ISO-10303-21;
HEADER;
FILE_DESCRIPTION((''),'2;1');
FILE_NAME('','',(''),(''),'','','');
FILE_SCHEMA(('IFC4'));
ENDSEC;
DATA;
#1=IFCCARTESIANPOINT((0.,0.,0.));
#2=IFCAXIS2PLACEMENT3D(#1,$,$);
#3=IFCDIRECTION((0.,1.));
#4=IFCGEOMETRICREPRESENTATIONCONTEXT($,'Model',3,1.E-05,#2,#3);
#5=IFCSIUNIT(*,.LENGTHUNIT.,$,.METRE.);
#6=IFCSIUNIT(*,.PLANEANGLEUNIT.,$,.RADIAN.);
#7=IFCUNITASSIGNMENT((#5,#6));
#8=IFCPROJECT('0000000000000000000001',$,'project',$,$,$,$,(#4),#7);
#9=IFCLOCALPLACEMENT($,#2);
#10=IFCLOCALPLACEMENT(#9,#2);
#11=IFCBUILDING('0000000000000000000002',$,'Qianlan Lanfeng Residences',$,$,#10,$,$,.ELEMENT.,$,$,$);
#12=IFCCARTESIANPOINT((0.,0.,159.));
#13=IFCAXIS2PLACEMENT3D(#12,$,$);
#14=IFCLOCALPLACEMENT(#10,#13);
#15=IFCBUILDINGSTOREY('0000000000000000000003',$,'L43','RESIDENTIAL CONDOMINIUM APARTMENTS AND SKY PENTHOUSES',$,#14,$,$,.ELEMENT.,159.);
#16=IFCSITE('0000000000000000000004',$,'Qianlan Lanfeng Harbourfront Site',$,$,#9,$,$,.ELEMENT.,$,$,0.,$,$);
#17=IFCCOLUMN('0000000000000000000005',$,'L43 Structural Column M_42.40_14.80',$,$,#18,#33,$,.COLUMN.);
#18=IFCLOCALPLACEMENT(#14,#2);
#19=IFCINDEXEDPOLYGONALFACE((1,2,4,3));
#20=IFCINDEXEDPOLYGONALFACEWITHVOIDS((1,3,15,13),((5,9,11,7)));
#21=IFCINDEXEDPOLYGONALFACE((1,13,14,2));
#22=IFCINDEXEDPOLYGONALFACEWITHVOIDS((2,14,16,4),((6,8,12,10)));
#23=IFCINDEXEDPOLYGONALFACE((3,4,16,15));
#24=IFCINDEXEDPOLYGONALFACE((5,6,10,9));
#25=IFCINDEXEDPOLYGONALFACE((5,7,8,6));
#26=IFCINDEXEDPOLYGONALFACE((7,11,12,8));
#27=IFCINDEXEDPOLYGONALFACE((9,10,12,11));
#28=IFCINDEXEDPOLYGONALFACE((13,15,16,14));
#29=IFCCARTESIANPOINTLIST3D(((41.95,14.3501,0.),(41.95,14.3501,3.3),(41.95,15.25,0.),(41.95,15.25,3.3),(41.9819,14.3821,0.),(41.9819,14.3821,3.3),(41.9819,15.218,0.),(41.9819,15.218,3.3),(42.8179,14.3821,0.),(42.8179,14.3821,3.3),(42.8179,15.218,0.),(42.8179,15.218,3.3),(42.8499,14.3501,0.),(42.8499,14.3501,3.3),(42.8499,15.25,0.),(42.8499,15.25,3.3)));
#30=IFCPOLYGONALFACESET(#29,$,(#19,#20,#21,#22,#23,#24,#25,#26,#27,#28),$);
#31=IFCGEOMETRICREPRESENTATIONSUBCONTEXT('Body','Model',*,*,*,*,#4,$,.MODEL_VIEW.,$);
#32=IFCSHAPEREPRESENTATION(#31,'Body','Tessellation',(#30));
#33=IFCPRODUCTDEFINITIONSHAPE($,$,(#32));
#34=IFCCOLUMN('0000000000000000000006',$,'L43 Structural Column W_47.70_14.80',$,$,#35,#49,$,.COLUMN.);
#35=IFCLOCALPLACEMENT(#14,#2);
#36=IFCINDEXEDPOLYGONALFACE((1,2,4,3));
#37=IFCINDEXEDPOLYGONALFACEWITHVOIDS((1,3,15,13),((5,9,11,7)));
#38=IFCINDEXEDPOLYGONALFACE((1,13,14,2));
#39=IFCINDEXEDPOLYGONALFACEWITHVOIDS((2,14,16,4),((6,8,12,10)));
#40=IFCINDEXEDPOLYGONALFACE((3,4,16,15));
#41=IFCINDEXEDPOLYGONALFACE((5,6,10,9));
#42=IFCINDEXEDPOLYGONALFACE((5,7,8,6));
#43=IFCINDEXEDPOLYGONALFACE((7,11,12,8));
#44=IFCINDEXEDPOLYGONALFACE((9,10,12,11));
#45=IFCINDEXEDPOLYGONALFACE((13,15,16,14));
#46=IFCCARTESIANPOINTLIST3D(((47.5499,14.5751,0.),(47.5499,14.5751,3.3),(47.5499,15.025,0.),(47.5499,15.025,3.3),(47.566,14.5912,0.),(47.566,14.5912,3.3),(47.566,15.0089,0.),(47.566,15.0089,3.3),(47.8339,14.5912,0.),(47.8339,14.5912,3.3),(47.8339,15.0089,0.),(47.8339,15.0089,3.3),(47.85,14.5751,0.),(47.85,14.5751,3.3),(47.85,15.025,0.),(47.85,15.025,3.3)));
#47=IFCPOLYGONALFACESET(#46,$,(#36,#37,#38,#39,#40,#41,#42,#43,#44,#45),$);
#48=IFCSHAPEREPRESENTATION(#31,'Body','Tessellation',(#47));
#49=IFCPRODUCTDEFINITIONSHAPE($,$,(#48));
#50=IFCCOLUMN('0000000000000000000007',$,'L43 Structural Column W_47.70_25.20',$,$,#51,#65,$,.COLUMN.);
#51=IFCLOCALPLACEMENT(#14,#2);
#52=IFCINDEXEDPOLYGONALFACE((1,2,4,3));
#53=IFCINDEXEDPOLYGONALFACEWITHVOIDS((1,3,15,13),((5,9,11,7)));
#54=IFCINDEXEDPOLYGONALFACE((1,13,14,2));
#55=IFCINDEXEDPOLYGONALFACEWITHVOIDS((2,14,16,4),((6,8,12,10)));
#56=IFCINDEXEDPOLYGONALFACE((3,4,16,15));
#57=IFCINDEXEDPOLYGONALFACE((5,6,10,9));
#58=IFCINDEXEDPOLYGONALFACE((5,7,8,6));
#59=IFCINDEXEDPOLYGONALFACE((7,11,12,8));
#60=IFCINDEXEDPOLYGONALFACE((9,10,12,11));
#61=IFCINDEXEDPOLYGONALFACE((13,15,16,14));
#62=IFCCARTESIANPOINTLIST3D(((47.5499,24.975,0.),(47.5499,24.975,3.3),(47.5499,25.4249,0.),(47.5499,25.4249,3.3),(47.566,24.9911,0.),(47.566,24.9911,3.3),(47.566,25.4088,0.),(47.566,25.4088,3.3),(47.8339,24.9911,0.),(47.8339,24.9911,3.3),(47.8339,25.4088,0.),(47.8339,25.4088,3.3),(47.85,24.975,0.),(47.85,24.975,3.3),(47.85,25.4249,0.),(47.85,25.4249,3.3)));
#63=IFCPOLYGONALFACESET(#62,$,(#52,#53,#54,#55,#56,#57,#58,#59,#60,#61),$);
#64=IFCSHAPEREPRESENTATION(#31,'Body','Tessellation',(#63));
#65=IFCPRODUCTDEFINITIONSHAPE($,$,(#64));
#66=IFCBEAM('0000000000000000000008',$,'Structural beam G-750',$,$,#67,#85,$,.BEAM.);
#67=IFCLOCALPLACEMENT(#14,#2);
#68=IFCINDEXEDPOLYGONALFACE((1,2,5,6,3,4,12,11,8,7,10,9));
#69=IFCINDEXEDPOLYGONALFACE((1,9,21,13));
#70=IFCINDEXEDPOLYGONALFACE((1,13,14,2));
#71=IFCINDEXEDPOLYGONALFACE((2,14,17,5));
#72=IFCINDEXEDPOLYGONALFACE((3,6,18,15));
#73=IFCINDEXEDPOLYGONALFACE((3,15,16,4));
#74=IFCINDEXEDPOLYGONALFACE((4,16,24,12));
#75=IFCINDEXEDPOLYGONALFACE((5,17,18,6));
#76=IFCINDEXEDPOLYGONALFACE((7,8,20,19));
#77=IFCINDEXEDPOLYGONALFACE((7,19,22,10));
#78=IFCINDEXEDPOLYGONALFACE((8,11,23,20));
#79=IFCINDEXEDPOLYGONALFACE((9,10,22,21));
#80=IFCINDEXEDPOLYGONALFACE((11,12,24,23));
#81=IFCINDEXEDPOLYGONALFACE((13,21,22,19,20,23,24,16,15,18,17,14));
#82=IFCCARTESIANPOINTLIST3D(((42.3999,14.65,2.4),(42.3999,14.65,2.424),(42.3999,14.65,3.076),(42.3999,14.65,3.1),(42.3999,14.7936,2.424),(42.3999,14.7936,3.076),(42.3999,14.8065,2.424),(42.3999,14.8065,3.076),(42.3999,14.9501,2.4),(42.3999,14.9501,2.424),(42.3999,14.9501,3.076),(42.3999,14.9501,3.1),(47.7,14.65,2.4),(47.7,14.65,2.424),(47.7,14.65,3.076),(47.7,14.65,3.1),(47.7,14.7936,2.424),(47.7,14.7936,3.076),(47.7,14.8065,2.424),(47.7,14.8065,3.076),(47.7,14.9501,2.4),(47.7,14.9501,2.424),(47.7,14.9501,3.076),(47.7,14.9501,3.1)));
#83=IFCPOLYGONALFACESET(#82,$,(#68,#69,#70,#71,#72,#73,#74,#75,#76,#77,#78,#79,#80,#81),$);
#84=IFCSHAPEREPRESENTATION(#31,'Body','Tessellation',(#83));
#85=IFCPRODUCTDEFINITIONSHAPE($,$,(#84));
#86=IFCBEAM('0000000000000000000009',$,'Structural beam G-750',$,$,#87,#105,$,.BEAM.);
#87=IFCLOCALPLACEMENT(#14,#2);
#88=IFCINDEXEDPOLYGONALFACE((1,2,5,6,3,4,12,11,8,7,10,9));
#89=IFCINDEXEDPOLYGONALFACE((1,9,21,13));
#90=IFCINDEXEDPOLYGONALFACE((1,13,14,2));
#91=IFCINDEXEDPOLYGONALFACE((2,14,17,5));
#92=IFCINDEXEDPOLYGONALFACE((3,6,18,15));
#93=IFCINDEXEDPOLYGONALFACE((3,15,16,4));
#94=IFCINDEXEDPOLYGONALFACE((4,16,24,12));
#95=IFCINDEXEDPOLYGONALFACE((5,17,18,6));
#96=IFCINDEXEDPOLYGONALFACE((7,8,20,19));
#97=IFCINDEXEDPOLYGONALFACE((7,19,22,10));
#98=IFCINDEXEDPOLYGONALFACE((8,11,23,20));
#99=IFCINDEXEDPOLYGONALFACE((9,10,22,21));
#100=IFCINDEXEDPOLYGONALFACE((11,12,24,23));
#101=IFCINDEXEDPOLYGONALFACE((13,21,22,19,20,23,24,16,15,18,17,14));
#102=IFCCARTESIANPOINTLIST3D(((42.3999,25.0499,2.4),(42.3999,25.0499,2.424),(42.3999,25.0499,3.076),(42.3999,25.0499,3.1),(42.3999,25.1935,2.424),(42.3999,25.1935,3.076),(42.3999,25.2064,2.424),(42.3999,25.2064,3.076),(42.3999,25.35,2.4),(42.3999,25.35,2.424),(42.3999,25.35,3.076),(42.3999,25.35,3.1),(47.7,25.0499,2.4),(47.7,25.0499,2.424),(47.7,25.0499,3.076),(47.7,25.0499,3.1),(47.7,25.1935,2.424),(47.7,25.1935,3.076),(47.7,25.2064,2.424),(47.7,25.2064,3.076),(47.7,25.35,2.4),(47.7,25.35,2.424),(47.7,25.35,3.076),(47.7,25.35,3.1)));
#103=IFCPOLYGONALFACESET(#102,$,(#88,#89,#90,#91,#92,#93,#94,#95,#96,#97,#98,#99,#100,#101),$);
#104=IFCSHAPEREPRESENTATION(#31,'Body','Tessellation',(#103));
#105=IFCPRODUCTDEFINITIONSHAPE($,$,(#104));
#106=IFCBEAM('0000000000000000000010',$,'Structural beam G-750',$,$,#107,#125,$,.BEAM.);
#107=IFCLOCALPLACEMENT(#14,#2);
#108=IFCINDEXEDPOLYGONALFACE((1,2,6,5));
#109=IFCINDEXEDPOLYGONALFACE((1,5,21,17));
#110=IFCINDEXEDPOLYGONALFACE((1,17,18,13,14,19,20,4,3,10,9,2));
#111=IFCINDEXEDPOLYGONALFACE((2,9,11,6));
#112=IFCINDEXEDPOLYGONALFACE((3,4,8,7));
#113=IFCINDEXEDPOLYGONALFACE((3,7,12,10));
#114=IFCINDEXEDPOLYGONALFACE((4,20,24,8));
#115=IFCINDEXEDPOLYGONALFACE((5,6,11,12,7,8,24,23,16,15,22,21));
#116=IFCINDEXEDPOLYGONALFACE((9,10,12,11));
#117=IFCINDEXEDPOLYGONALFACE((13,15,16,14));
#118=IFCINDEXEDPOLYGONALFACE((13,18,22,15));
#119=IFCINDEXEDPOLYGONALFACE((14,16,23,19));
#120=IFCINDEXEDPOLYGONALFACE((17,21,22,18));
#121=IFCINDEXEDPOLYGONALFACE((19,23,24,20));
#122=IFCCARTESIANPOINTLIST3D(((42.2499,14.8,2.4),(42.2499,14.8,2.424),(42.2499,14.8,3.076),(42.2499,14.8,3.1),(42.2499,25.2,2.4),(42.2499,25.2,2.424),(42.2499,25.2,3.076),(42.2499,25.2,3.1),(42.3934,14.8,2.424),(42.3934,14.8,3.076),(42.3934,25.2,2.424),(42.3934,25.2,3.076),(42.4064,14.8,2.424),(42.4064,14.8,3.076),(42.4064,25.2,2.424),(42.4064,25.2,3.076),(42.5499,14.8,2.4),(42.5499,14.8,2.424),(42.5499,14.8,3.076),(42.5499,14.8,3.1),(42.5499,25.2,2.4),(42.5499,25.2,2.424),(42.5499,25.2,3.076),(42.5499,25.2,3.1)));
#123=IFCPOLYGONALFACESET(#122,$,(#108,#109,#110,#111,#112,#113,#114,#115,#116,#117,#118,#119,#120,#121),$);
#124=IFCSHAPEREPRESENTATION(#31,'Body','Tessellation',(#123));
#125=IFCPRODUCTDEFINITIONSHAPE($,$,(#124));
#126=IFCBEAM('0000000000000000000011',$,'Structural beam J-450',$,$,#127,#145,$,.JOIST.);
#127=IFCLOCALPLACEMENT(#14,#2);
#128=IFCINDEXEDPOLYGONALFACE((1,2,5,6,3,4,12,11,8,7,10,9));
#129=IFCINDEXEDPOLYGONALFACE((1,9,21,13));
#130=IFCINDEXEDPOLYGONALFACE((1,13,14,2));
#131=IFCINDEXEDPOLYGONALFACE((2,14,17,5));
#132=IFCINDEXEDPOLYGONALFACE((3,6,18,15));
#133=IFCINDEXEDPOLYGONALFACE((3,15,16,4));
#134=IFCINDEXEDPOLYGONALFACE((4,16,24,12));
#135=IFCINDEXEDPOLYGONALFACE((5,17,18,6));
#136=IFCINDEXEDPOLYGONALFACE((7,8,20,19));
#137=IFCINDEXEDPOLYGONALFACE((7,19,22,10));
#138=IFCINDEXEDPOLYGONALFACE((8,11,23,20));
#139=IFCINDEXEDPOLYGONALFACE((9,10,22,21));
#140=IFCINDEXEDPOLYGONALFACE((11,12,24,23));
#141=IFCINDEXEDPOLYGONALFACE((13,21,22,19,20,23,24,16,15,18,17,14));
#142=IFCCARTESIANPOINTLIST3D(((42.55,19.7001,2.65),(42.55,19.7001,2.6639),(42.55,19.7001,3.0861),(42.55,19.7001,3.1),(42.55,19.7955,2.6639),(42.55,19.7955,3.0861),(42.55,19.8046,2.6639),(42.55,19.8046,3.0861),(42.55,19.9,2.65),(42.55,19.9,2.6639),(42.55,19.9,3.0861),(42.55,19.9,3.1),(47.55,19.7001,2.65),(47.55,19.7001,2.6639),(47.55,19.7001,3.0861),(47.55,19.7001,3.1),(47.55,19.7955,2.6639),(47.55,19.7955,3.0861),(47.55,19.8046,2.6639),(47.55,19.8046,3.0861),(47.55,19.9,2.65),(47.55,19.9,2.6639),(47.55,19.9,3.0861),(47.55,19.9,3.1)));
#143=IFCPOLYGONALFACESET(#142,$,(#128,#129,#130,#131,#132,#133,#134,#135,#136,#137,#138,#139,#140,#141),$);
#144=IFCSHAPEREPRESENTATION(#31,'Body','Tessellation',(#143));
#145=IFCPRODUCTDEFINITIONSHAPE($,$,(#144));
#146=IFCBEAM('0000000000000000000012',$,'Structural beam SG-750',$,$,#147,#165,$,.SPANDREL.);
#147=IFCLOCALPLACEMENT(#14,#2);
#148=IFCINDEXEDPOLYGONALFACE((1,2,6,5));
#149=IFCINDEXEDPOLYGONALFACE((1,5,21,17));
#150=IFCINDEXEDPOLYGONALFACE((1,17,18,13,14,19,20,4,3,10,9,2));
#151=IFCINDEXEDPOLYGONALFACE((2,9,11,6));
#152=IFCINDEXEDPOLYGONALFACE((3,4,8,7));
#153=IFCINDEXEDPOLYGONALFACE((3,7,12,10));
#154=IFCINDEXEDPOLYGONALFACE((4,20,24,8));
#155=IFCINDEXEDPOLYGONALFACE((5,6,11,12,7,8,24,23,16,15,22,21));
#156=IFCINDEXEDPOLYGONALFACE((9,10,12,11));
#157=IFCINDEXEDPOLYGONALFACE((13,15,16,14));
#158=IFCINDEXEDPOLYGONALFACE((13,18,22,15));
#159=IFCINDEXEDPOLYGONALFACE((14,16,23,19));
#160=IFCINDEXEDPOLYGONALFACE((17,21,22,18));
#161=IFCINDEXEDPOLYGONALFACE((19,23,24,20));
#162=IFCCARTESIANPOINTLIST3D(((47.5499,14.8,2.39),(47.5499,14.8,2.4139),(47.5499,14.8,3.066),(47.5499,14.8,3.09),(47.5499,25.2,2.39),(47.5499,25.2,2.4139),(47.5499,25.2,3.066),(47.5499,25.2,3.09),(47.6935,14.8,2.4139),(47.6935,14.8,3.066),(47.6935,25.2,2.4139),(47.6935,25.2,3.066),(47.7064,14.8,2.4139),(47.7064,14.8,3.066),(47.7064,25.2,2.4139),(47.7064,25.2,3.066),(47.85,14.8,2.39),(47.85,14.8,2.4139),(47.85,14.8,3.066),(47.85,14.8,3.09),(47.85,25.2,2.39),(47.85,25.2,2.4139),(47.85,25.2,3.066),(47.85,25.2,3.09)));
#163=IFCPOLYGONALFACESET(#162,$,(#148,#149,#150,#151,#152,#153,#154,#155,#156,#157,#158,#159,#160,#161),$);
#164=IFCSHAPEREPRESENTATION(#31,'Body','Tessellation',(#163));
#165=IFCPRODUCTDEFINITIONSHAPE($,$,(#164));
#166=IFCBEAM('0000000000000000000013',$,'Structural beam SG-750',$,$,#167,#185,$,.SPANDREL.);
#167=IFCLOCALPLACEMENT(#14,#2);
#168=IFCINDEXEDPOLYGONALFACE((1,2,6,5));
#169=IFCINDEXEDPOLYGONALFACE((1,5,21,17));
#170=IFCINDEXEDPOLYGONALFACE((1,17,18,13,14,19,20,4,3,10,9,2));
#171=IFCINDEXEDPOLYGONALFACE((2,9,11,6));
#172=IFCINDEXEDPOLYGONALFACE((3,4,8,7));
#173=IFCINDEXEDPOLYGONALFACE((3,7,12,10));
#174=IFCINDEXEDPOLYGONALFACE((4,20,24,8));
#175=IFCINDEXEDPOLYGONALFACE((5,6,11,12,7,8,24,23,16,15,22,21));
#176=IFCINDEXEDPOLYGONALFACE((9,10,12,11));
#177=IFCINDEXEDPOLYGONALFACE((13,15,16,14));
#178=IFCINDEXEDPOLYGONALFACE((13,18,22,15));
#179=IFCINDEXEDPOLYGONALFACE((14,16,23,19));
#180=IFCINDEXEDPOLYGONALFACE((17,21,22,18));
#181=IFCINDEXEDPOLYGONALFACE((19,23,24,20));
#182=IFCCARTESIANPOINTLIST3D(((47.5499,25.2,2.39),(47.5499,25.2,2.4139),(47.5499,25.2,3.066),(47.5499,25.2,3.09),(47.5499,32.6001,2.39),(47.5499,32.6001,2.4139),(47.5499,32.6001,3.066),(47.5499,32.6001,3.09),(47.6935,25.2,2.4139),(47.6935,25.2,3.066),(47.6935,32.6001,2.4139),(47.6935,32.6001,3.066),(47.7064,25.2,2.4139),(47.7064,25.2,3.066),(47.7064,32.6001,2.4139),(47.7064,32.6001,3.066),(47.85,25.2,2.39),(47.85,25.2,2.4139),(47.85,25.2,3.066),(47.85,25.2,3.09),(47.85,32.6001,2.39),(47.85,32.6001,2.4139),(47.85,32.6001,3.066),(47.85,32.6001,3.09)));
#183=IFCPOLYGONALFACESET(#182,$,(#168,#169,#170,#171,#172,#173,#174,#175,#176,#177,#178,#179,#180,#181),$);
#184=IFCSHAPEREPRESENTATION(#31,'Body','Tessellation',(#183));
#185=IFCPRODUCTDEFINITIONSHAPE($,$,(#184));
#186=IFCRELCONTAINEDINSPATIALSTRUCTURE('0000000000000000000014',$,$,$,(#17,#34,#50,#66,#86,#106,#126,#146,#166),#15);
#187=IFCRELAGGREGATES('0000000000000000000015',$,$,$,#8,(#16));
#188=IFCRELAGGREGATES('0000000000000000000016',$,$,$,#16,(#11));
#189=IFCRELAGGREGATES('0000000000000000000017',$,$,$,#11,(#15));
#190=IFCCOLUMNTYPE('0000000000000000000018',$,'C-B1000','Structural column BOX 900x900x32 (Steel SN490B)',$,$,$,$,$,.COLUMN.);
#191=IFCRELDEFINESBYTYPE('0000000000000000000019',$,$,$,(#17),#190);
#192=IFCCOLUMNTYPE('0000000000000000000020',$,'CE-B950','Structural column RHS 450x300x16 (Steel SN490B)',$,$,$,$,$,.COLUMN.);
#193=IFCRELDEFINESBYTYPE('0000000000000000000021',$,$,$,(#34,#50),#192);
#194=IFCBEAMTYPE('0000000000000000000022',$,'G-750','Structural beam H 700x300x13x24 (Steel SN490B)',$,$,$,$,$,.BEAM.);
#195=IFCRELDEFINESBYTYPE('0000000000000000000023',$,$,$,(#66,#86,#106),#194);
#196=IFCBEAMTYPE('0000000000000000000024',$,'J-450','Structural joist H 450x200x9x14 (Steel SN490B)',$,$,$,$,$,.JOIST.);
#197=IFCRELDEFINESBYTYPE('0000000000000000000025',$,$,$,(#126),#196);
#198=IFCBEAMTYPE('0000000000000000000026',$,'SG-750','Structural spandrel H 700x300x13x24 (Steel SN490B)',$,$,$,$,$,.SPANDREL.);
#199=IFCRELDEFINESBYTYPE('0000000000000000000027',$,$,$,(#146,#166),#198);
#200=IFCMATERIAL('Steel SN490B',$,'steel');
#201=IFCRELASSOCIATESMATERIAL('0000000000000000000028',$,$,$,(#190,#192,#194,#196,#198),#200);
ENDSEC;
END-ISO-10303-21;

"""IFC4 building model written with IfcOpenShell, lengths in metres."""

from ifc_helpers import new_model, si_unit, direction, frame, origin, origin_2d, place, context, subcontext, project, spatial, hollow_rectangle, i_section, extrude, material, material_profile, profile_set, type_object, element, save


model = new_model("IFC4")

# Units and contexts
model_context = context("Model", 3, precision=1e-05, world=origin(), true_north=direction((0.0, 1.0)))
body_context = subcontext(model_context, "Body", "Model", "MODEL_VIEW")
ifc_project = project(units=[si_unit("LENGTHUNIT", "METRE"), si_unit("PLANEANGLEUNIT", "RADIAN")], contexts=[model_context])

# Site, building, storey
site_placement = place(None, origin())
site = spatial("IfcSite", under=ifc_project, at=site_placement, Name="Qianlan Lanfeng Harbourfront Site", CompositionType="ELEMENT", RefElevation=0.0)
building_placement = place(site_placement, origin())
building = spatial("IfcBuilding", under=site, at=building_placement, Name="Qianlan Lanfeng Residences", CompositionType="ELEMENT")
storey_placement = place(building_placement, frame((0.0, 0.0, 159.0)))
storey = spatial("IfcBuildingStorey", under=building, at=storey_placement, Name="L43", Description="RESIDENTIAL CONDOMINIUM APARTMENTS AND SKY PENTHOUSES", CompositionType="ELEMENT", Elevation=159.0)

# Columns
ifc_material_1 = material(Name="Steel SN490B", Category="steel")
ifc_material_profile_1 = material_profile(ifc_material_1, hollow_rectangle(XDim=0.8999, YDim=0.8999, WallThickness=0.032, at=origin_2d()), Name="BOX 900x900x32")
ifc_profile_set_1 = profile_set([ifc_material_profile_1], Name="Steel SN490B")
column_type_1 = type_object("IfcColumnType", Name="C-B1000", Description="Structural column BOX 900x900x32 (Steel SN490B)", PredefinedType="COLUMN", material=ifc_profile_set_1)
column_placement = place(storey_placement, frame((42.3999, 14.8, 0.0), z_axis=(0.0, 0.0, 1.0), x_axis=(1.0, 0.0, 0.0)))
element("IfcColumn", 1, at=column_placement, inside=storey, type_object=column_type_1, Name="L43 Structural Column M_42.40_14.80", PredefinedType="COLUMN", context=body_context, shape_type="SweptSolid", body=[
    extrude(hollow_rectangle(XDim=0.8999, YDim=0.8999, WallThickness=0.032, at=origin_2d()), origin(), (0.0, 0.0, 1.0), 3.3),
])
ifc_material_profile_2 = material_profile(ifc_material_1, hollow_rectangle(XDim=0.3, YDim=0.45, WallThickness=0.0161, at=origin_2d()), Name="RHS 450x300x16")
ifc_profile_set_2 = profile_set([ifc_material_profile_2], Name="Steel SN490B")
column_type_2 = type_object("IfcColumnType", Name="CE-B950", Description="Structural column RHS 450x300x16 (Steel SN490B)", PredefinedType="COLUMN", material=ifc_profile_set_2)
for number, where, z_axis, x_axis, name in (
    (2, (47.7, 14.8, 0.0), (0.0, 0.0, 1.0), (1.0, 0.0, 0.0), "L43 Structural Column W_47.70_14.80"),
    (3, (47.7, 25.2, 0.0), (0.0, 0.0, 1.0), (1.0, 0.0, 0.0), "L43 Structural Column W_47.70_25.20"),
):
    element("IfcColumn", number, at=place(storey_placement, frame(where, z_axis=z_axis, x_axis=x_axis)), inside=storey, type_object=column_type_2, Name=name, PredefinedType="COLUMN", context=body_context, shape_type="SweptSolid", body=[
        extrude(hollow_rectangle(XDim=0.3, YDim=0.45, WallThickness=0.0161, at=origin_2d()), origin(), (0.0, 0.0, 1.0), 3.3),
    ])

# Beams
ifc_material_profile_3 = material_profile(ifc_material_1, i_section(OverallWidth=0.3, OverallDepth=0.7, WebThickness=0.0129, FlangeThickness=0.0239, at=origin_2d()), Name="H 700x300x13x24")
ifc_profile_set_3 = profile_set([ifc_material_profile_3], Name="Steel SN490B")
beam_type_1 = type_object("IfcBeamType", Name="G-750", Description="Structural beam H 700x300x13x24 (Steel SN490B)", PredefinedType="BEAM", material=ifc_profile_set_3)
for number, where, z_axis, x_axis, name in (
    (4, (42.3999, 14.8, 2.75), (1.0, 0.0, 0.0), (0.0, 1.0, 0.0), "Structural beam G-750"),
    (5, (42.3999, 25.2, 2.75), (1.0, 0.0, 0.0), (0.0, 1.0, 0.0), "Structural beam G-750"),
):
    element("IfcBeam", number, at=place(storey_placement, frame(where, z_axis=z_axis, x_axis=x_axis)), inside=storey, type_object=beam_type_1, Name=name, PredefinedType="BEAM", context=body_context, shape_type="SweptSolid", body=[
        extrude(i_section(OverallWidth=0.3, OverallDepth=0.7, WebThickness=0.0129, FlangeThickness=0.0239, at=origin_2d()), origin(), (0.0, 0.0, 1.0), 5.3),
    ])
beam_1_placement = place(storey_placement, frame((42.3999, 14.8, 2.75), z_axis=(0.0, 1.0, 0.0), x_axis=(-1.0, 0.0, 0.0)))
element("IfcBeam", 6, at=beam_1_placement, inside=storey, type_object=beam_type_1, Name="Structural beam G-750", PredefinedType="BEAM", context=body_context, shape_type="SweptSolid", body=[
    extrude(i_section(OverallWidth=0.3, OverallDepth=0.7, WebThickness=0.0129, FlangeThickness=0.0239, at=origin_2d()), origin(), (0.0, 0.0, 1.0), 10.3999),
])
ifc_material_profile_4 = material_profile(ifc_material_1, i_section(OverallWidth=0.2, OverallDepth=0.45, WebThickness=0.009, FlangeThickness=0.0139, at=origin_2d()), Name="H 450x200x9x14")
ifc_profile_set_4 = profile_set([ifc_material_profile_4], Name="Steel SN490B")
beam_type_2 = type_object("IfcBeamType", Name="J-450", Description="Structural joist H 450x200x9x14 (Steel SN490B)", PredefinedType="JOIST", material=ifc_profile_set_4)
beam_2_placement = place(storey_placement, frame((42.55, 19.8, 2.875), z_axis=(1.0, 0.0, 0.0), x_axis=(0.0, 1.0, 0.0)))
element("IfcBeam", 7, at=beam_2_placement, inside=storey, type_object=beam_type_2, Name="Structural beam J-450", PredefinedType="JOIST", context=body_context, shape_type="SweptSolid", body=[
    extrude(i_section(OverallWidth=0.2, OverallDepth=0.45, WebThickness=0.009, FlangeThickness=0.0139, at=origin_2d()), origin(), (0.0, 0.0, 1.0), 5.0),
])
ifc_material_profile_5 = material_profile(ifc_material_1, i_section(OverallWidth=0.3, OverallDepth=0.7, WebThickness=0.0129, FlangeThickness=0.0239, at=origin_2d()), Name="H 700x300x13x24")
ifc_profile_set_5 = profile_set([ifc_material_profile_5], Name="Steel SN490B")
beam_type_3 = type_object("IfcBeamType", Name="SG-750", Description="Structural spandrel H 700x300x13x24 (Steel SN490B)", PredefinedType="SPANDREL", material=ifc_profile_set_5)
beam_3_placement = place(storey_placement, frame((47.7, 14.8, 2.74), z_axis=(0.0, 1.0, 0.0), x_axis=(-1.0, 0.0, 0.0)))
element("IfcBeam", 8, at=beam_3_placement, inside=storey, type_object=beam_type_3, Name="Structural beam SG-750", PredefinedType="SPANDREL", context=body_context, shape_type="SweptSolid", body=[
    extrude(i_section(OverallWidth=0.3, OverallDepth=0.7, WebThickness=0.0129, FlangeThickness=0.0239, at=origin_2d()), origin(), (0.0, 0.0, 1.0), 10.3999),
])
beam_4_placement = place(storey_placement, frame((47.7, 25.2, 2.74), z_axis=(0.0, 1.0, 0.0), x_axis=(-1.0, 0.0, 0.0)))
element("IfcBeam", 9, at=beam_4_placement, inside=storey, type_object=beam_type_3, Name="Structural beam SG-750", PredefinedType="SPANDREL", context=body_context, shape_type="SweptSolid", body=[
    extrude(i_section(OverallWidth=0.3, OverallDepth=0.7, WebThickness=0.0129, FlangeThickness=0.0239, at=origin_2d()), origin(), (0.0, 0.0, 1.0), 7.4001),
])

save(model, "model.ifc")
